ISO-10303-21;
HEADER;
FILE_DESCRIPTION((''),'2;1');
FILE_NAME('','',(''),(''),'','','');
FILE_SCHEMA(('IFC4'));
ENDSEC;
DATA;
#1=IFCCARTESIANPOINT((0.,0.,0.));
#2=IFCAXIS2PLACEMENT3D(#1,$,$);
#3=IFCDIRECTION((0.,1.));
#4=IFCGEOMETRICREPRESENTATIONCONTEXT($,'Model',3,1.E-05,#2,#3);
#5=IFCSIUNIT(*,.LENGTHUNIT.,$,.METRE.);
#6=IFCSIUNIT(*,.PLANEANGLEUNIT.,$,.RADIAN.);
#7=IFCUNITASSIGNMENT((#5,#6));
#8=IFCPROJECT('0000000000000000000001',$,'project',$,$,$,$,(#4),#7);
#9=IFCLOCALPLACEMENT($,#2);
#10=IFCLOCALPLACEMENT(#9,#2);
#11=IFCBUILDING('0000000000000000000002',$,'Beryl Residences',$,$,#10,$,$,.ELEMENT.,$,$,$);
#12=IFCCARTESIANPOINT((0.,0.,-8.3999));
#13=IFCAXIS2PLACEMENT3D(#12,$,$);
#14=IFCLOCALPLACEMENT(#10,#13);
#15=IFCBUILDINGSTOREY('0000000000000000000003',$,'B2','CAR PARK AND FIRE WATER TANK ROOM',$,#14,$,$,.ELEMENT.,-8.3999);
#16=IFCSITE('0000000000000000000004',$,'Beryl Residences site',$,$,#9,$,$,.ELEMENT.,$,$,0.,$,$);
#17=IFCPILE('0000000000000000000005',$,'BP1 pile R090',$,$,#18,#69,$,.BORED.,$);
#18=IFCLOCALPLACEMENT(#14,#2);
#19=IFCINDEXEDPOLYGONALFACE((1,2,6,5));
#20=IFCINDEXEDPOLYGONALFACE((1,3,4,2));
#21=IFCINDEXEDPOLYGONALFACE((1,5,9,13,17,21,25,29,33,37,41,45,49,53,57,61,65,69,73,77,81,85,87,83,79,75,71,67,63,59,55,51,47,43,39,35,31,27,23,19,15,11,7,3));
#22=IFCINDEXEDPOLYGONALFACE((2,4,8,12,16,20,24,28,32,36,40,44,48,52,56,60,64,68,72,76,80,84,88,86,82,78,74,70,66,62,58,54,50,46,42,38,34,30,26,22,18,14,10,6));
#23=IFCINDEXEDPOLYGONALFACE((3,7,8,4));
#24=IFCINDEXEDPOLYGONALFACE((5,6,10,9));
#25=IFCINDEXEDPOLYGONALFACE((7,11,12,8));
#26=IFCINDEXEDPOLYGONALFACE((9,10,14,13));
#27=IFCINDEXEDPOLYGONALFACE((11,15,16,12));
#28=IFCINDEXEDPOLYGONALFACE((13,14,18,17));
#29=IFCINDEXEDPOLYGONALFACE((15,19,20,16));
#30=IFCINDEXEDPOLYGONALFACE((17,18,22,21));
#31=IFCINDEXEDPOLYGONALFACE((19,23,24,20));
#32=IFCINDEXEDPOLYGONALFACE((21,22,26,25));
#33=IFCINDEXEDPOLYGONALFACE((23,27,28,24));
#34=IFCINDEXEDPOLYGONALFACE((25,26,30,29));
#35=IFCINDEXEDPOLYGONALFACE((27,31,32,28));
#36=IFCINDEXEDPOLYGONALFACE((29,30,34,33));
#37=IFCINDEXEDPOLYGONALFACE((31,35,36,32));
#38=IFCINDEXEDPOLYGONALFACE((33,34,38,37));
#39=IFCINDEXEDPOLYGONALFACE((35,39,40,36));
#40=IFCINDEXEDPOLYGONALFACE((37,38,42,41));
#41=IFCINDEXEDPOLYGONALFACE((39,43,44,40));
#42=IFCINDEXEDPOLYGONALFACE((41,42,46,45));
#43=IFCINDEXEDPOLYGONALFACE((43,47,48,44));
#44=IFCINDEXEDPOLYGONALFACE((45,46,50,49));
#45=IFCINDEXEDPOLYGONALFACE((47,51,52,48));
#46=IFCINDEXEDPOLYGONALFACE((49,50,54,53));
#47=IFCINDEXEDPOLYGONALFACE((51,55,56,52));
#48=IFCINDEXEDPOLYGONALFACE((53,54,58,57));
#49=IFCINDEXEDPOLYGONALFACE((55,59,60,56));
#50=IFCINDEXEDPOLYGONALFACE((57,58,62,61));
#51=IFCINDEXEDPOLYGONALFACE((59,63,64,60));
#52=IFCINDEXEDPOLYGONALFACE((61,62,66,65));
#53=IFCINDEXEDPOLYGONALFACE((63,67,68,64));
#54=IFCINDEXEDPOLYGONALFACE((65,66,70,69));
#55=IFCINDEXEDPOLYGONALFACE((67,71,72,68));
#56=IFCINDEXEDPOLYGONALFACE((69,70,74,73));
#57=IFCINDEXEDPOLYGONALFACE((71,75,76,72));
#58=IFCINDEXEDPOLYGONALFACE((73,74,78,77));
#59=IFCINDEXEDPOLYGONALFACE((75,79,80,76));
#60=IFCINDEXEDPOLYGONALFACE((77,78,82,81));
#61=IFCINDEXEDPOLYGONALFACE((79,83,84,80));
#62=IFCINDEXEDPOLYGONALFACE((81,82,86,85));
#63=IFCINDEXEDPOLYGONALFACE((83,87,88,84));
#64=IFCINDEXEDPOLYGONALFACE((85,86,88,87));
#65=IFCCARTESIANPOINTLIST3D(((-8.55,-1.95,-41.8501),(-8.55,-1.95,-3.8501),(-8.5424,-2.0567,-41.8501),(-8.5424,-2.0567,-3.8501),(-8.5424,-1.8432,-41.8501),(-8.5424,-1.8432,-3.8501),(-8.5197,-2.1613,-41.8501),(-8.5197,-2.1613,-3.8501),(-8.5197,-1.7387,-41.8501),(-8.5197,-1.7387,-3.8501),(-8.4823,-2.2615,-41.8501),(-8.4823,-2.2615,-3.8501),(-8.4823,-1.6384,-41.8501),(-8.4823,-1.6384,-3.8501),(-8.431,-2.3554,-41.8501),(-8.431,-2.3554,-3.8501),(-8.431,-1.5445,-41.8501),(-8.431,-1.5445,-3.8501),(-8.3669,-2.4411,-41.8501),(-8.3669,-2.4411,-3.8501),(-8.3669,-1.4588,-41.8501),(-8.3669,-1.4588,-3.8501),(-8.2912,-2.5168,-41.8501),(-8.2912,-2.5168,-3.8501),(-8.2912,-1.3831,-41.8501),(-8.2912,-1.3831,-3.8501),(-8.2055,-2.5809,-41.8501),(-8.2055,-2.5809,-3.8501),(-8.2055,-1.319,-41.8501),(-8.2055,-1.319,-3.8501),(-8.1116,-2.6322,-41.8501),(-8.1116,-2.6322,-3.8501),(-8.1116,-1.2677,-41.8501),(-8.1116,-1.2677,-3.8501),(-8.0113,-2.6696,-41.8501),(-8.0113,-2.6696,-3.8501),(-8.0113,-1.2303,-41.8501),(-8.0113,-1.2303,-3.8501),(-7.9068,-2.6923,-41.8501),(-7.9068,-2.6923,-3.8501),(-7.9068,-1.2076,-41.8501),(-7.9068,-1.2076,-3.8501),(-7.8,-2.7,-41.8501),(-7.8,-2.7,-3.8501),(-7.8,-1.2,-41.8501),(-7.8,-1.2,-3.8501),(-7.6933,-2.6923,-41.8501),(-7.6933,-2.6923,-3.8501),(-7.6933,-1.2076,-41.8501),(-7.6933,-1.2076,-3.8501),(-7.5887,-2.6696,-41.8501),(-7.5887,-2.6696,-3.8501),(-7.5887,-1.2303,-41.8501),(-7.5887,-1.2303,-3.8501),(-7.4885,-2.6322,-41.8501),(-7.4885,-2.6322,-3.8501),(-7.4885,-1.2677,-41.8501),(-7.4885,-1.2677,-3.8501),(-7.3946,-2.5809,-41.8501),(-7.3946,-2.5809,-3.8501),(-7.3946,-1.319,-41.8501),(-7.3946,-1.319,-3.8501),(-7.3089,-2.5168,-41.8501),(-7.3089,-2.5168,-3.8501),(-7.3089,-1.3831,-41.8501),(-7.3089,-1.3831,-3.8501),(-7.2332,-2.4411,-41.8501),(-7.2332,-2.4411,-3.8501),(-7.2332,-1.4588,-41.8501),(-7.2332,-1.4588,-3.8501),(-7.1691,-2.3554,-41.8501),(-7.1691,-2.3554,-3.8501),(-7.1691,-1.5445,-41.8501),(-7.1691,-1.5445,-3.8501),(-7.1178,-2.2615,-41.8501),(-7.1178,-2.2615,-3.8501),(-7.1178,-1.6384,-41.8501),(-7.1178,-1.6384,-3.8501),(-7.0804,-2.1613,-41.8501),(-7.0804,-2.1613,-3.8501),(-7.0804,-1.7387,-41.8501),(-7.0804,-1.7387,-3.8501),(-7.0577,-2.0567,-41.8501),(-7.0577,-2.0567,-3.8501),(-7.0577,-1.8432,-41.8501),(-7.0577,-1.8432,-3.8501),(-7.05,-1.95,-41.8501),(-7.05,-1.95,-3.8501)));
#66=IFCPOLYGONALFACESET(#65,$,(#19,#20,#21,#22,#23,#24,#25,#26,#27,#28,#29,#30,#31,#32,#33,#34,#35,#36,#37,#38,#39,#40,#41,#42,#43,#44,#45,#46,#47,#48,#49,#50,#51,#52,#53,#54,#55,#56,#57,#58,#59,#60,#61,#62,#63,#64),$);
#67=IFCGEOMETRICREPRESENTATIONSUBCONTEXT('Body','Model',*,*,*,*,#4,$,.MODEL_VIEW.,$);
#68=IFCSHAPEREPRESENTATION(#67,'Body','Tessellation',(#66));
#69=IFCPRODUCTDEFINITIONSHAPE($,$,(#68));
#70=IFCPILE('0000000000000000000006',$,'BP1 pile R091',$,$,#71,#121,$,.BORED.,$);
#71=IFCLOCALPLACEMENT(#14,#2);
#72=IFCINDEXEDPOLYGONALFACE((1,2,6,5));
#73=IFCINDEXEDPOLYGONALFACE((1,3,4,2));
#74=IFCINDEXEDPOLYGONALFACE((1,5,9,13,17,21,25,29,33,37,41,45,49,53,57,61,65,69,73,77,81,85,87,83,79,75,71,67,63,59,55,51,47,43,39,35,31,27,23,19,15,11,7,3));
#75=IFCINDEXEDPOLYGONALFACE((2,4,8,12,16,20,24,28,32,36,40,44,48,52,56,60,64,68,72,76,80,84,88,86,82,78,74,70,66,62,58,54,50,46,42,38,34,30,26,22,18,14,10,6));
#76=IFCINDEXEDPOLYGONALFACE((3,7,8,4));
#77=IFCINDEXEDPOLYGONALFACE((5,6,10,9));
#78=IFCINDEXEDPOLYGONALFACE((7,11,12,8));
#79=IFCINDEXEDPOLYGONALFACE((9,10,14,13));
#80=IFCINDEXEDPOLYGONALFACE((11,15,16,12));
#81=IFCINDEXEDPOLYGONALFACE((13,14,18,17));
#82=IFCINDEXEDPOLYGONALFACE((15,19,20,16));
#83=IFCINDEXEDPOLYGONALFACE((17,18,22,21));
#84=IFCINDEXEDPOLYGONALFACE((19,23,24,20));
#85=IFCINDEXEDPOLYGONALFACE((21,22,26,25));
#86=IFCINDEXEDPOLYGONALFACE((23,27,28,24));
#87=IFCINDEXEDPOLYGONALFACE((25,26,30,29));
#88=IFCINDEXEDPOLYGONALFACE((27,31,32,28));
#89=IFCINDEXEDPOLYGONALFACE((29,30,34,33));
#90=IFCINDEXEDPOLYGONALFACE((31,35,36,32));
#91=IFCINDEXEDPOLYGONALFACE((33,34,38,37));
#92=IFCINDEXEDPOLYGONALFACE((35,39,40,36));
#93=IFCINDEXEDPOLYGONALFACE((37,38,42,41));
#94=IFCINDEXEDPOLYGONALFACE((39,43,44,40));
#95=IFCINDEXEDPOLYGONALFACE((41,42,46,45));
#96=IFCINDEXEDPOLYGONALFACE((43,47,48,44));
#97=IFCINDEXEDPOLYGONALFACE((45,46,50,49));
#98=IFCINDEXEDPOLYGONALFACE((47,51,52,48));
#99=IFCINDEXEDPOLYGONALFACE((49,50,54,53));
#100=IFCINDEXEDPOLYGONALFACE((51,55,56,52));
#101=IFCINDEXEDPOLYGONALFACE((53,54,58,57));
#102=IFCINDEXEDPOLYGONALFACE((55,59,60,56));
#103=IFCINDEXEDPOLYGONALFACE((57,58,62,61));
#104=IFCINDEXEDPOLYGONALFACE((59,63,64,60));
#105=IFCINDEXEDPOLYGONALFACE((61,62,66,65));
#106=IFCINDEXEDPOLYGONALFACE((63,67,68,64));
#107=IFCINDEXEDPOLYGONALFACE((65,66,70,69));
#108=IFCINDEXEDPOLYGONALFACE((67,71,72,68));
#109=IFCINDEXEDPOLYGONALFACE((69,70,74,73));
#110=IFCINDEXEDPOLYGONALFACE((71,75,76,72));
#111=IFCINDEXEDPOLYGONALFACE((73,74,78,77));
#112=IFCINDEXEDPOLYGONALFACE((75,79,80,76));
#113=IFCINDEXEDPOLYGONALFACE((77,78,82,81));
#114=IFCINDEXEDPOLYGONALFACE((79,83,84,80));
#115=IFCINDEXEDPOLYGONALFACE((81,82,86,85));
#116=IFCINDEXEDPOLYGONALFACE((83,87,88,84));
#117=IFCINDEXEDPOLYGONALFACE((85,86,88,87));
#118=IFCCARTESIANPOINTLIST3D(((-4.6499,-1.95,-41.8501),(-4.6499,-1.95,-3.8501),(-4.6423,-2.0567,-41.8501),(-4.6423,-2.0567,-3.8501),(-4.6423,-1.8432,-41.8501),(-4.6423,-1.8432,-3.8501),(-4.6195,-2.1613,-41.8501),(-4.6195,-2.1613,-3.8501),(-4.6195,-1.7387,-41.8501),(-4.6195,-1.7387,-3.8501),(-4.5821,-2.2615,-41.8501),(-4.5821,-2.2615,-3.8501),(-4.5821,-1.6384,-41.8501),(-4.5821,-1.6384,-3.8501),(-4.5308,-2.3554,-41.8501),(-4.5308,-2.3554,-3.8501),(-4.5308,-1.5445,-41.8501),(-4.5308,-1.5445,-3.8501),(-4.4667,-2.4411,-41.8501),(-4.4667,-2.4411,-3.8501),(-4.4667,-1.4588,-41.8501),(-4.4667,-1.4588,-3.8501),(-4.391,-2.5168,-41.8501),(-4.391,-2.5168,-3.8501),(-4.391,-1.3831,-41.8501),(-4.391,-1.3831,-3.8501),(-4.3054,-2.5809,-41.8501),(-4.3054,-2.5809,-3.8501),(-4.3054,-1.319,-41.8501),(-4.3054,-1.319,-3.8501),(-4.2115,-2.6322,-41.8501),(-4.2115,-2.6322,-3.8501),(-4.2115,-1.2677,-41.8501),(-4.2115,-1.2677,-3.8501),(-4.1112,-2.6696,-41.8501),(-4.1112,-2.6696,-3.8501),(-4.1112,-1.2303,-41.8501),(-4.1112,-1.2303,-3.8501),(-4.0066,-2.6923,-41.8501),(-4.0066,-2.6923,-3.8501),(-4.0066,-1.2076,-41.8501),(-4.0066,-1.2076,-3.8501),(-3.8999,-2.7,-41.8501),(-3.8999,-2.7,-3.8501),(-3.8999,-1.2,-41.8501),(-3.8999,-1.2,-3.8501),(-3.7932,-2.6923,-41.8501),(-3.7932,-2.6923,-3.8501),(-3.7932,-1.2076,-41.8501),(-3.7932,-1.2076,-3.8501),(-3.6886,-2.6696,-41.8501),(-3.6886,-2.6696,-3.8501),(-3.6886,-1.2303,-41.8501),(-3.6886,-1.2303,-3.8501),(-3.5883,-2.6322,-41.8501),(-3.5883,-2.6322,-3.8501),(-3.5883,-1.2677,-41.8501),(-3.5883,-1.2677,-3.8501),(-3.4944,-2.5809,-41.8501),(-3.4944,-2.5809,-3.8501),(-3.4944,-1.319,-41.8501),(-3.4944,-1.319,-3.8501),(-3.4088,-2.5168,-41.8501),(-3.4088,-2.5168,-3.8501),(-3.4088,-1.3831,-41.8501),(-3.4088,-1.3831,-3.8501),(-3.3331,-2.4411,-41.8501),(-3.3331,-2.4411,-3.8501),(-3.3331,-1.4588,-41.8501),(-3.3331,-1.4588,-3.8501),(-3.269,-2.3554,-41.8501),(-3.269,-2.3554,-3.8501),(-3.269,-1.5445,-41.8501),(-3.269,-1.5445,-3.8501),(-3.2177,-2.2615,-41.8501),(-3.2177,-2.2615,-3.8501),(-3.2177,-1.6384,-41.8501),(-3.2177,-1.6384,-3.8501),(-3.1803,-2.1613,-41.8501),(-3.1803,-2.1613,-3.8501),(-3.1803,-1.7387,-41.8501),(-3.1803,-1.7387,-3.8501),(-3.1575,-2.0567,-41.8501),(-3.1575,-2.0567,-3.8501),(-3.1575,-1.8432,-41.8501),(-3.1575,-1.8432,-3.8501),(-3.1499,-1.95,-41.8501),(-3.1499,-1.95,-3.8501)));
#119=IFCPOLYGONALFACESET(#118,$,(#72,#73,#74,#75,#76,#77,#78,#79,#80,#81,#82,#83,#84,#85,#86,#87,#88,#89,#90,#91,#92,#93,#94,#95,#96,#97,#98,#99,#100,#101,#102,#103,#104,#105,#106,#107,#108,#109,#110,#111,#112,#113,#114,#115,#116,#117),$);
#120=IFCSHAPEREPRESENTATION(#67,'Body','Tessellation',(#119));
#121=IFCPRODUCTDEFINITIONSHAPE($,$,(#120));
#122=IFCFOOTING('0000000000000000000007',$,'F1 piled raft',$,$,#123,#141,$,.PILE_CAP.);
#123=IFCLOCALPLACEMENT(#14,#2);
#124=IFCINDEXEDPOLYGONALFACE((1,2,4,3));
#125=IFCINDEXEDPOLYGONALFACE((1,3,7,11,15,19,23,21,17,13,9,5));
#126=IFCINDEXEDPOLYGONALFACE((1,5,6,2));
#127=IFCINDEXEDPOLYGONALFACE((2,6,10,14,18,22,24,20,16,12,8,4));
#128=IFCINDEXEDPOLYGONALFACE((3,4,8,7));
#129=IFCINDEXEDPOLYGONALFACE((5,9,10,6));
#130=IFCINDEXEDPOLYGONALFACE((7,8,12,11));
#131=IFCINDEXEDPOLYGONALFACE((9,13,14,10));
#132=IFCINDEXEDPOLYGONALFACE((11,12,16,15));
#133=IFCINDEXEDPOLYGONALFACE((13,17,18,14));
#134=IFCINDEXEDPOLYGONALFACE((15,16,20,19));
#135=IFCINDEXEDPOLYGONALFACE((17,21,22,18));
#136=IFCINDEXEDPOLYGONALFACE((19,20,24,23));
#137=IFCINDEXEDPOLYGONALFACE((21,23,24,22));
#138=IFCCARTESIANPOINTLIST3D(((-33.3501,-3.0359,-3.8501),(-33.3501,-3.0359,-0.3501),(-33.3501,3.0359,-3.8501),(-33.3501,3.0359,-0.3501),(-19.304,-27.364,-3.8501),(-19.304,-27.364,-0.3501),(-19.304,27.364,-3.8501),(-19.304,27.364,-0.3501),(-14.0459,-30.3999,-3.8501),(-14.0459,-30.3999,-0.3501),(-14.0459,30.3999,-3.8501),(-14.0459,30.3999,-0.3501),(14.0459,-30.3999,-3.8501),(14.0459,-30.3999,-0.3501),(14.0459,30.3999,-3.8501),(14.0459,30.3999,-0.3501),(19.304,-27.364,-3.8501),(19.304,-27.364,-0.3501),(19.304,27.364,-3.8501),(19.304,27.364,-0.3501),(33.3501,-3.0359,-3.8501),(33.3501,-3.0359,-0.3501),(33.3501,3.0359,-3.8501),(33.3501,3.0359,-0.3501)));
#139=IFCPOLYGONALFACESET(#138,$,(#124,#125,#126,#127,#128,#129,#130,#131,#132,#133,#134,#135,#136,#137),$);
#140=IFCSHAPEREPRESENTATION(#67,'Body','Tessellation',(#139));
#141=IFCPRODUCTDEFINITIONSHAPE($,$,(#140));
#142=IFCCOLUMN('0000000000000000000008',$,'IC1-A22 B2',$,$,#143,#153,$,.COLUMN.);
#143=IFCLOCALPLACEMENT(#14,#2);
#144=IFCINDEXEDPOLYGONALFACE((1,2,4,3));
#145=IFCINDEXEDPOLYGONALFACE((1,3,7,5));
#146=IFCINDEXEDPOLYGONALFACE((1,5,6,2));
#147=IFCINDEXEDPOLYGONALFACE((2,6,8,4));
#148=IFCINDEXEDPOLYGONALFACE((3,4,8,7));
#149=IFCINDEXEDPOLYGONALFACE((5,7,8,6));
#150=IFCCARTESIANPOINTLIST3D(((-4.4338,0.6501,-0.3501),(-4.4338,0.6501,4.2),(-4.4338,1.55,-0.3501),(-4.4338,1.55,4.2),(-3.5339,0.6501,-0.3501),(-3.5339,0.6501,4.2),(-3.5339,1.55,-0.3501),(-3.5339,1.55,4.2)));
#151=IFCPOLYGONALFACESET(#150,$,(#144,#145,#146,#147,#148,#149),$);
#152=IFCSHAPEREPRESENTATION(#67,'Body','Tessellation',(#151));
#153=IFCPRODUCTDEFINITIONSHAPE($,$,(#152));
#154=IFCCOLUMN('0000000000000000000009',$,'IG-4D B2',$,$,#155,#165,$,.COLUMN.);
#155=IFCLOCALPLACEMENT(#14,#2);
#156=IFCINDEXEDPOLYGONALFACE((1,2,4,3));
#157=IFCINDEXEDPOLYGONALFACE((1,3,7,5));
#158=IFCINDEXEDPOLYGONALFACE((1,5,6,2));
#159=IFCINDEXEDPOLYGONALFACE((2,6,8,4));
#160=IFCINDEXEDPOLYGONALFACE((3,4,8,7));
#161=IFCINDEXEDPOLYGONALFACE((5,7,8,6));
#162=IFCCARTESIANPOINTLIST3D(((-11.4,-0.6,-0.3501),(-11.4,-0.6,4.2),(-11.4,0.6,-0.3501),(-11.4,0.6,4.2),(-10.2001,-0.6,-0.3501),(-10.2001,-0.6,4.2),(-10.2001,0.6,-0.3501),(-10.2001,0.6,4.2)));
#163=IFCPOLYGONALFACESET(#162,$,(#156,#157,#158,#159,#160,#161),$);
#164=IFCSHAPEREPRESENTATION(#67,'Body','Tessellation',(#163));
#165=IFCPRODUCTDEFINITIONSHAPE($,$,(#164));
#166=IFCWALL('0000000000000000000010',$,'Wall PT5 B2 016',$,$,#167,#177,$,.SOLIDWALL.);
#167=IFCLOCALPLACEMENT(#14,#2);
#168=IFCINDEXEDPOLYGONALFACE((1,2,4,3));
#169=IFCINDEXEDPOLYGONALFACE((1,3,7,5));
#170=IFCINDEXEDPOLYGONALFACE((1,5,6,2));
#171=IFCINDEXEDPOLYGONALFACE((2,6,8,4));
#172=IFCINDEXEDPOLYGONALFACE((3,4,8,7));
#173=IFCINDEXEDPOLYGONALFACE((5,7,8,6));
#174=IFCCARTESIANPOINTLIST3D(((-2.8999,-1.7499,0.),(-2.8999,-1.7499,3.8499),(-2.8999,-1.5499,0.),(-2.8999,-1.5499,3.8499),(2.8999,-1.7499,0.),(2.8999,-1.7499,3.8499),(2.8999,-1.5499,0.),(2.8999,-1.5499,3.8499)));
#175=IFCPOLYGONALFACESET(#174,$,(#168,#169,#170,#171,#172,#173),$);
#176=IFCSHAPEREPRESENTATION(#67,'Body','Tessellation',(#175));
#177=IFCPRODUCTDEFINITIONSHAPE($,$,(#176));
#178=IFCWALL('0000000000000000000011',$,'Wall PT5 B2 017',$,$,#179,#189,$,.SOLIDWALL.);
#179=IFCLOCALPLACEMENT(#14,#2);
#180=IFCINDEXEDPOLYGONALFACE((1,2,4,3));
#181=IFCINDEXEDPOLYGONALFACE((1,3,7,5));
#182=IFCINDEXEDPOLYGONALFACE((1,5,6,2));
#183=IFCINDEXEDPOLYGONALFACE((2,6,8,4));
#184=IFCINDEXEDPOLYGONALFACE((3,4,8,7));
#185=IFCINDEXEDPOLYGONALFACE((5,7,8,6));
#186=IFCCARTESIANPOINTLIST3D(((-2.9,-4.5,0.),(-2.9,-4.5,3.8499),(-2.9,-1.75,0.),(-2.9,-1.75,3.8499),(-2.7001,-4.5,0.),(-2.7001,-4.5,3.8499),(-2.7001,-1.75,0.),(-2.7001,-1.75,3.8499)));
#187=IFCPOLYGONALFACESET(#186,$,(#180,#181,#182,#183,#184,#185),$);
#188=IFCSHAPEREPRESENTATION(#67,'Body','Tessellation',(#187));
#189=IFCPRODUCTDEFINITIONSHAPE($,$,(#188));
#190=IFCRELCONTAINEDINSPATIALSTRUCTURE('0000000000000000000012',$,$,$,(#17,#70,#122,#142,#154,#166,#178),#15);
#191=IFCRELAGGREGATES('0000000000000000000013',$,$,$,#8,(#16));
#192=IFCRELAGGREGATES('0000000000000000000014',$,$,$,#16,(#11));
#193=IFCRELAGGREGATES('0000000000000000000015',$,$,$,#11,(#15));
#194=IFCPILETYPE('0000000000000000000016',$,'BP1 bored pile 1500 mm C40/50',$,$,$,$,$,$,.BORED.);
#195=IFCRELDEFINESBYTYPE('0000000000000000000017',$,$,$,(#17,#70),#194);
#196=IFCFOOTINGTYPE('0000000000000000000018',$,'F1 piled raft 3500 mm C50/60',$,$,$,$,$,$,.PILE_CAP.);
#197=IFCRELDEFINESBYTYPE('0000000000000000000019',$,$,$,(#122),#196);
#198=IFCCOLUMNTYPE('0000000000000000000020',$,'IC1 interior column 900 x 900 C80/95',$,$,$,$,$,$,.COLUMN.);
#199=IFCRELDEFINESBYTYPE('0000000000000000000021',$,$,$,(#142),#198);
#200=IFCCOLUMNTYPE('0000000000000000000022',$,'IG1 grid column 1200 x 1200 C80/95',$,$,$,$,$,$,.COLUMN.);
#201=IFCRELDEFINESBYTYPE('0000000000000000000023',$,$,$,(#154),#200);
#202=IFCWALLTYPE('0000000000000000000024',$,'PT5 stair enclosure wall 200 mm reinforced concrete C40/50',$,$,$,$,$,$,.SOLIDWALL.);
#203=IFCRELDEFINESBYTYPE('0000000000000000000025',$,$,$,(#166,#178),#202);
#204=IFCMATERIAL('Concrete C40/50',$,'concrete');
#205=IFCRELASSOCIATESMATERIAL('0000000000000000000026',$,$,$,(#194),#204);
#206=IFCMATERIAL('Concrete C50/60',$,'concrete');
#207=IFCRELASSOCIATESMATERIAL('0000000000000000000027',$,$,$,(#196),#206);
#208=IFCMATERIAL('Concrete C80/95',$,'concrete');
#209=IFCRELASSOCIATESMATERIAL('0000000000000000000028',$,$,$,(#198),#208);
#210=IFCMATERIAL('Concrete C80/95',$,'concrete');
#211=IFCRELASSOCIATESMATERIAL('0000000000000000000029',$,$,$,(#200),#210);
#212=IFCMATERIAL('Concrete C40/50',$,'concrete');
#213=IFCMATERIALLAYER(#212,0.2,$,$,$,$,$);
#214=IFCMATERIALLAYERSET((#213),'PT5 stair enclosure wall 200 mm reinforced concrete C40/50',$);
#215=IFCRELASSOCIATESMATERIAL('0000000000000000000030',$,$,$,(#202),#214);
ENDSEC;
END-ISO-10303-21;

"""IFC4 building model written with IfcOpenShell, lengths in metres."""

from ifc_helpers import new_model, si_unit, direction, frame, frame_2d, origin, origin_2d, place, context, subcontext, project, spatial, polyline, rectangle, circle, outline, extrude, material, layer, layer_set, material_profile, profile_set, type_object, element, save


model = new_model("IFC4")

# Units and contexts
model_context = context("Model", 3, precision=1e-05, world=origin(), true_north=direction((0.0, 1.0)))
body_context = subcontext(model_context, "Body", "Model", "MODEL_VIEW")
ifc_project = project(units=[si_unit("LENGTHUNIT", "METRE"), si_unit("PLANEANGLEUNIT", "RADIAN")], contexts=[model_context])

# Site, building, storey
site_placement = place(None, origin())
site = spatial("IfcSite", under=ifc_project, at=site_placement, Name="Beryl Residences site", CompositionType="ELEMENT", RefElevation=0.0)
building_placement = place(site_placement, origin())
building = spatial("IfcBuilding", under=site, at=building_placement, Name="Beryl Residences", CompositionType="ELEMENT")
storey_placement = place(building_placement, frame((0.0, 0.0, -8.3999)))
storey = spatial("IfcBuildingStorey", under=building, at=storey_placement, Name="B2", Description="CAR PARK AND FIRE WATER TANK ROOM", CompositionType="ELEMENT", Elevation=-8.3999)

# Piles
ifc_material_1 = material(Name="Concrete C40/50", Category="concrete")
ifc_material_profile_1 = material_profile(ifc_material_1, circle(Radius=0.75, at=origin_2d()))
ifc_profile_set_1 = profile_set([ifc_material_profile_1], Name="Concrete C40/50")
pile_type = type_object("IfcPileType", Name="BP1 bored pile 1500 mm C40/50", PredefinedType="BORED", material=ifc_profile_set_1)
for number, where, z_axis, x_axis, name in (
    (1, (-7.8, -1.95, -3.8501), (0.0, 0.0, -1.0), (1.0, 0.0, 0.0), "BP1 pile R090"),
    (2, (-3.8999, -1.95, -3.8501), (0.0, 0.0, -1.0), (1.0, 0.0, 0.0), "BP1 pile R091"),
):
    element("IfcPile", number, at=place(storey_placement, frame(where, z_axis=z_axis, x_axis=x_axis)), inside=storey, type_object=pile_type, Name=name, PredefinedType="BORED", context=body_context, shape_type="SweptSolid", body=[
        extrude(circle(Radius=0.75, at=origin_2d()), origin(), (0.0, 0.0, 1.0), 38.0),
    ])

# Footing
ifc_material_2 = material(Name="Concrete C50/60", Category="concrete")
footing_type = type_object("IfcFootingType", Name="F1 piled raft 3500 mm C50/60", PredefinedType="PILE_CAP", material=ifc_material_2)
footing_placement = place(storey_placement, frame((0.0, 0.0, -3.8501)))
element("IfcFooting", 3, at=footing_placement, inside=storey, type_object=footing_type, Name="F1 piled raft", PredefinedType="PILE_CAP", context=body_context, shape_type="SweptSolid", body=[
    extrude(outline(polyline([(14.0459, 30.3999), (-14.0459, 30.3999), (-19.304, 27.364), (-33.3501, 3.0359), (-33.3501, -3.0359), (-19.304, -27.364), (-14.0459, -30.3999), (14.0459, -30.3999), (19.304, -27.364), (33.3501, -3.0359), (33.3501, 3.0359), (19.304, 27.364), (14.0459, 30.3999)])), origin(), (0.0, 0.0, 1.0), 3.5),
])

# Columns
ifc_material_3 = material(Name="Concrete C80/95", Category="concrete")
ifc_material_profile_2 = material_profile(ifc_material_3, rectangle(XDim=0.8999, YDim=0.8999, at=origin_2d()))
ifc_profile_set_2 = profile_set([ifc_material_profile_2], Name="Concrete C80/95")
column_type_1 = type_object("IfcColumnType", Name="IC1 interior column 900 x 900 C80/95", PredefinedType="COLUMN", material=ifc_profile_set_2)
column_1_placement = place(storey_placement, frame((-3.9839, 1.1001, -0.3501), z_axis=(0.0, 0.0, 1.0), x_axis=(1.0, 0.0, 0.0)))
element("IfcColumn", 4, at=column_1_placement, inside=storey, type_object=column_type_1, Name="IC1-A22 B2", PredefinedType="COLUMN", context=body_context, shape_type="SweptSolid", body=[
    extrude(rectangle(XDim=0.8999, YDim=0.8999, at=origin_2d()), origin(), (0.0, 0.0, 1.0), 4.55),
])
ifc_material_4 = material(Name="Concrete C80/95", Category="concrete")
ifc_material_profile_3 = material_profile(ifc_material_4, rectangle(XDim=1.2, YDim=1.2, at=origin_2d()))
ifc_profile_set_3 = profile_set([ifc_material_profile_3], Name="Concrete C80/95")
column_type_2 = type_object("IfcColumnType", Name="IG1 grid column 1200 x 1200 C80/95", PredefinedType="COLUMN", material=ifc_profile_set_3)
column_2_placement = place(storey_placement, frame((-10.8, 0.0, -0.3501), z_axis=(0.0, 0.0, 1.0), x_axis=(1.0, 0.0, 0.0)))
element("IfcColumn", 5, at=column_2_placement, inside=storey, type_object=column_type_2, Name="IG-4D B2", PredefinedType="COLUMN", context=body_context, shape_type="SweptSolid", body=[
    extrude(rectangle(XDim=1.2, YDim=1.2, at=origin_2d()), origin(), (0.0, 0.0, 1.0), 4.55),
])

# Walls
ifc_material_5 = material(Name="Concrete C40/50", Category="concrete")
ifc_layer_1 = layer(ifc_material_5, 0.2)
ifc_layer_set_1 = layer_set([ifc_layer_1], Name="PT5 stair enclosure wall 200 mm reinforced concrete C40/50")
wall_type_1 = type_object("IfcWallType", Name="PT5 stair enclosure wall 200 mm reinforced concrete C40/50", PredefinedType="SOLIDWALL", material=ifc_layer_set_1)
wall_1_placement = place(storey_placement, frame((-2.8999, -1.6499, 0.0), z_axis=(0.0, 0.0, 1.0), x_axis=(1.0, 0.0, 0.0)))
element("IfcWall", 6, at=wall_1_placement, inside=storey, type_object=wall_type_1, Name="Wall PT5 B2 016", PredefinedType="SOLIDWALL", context=body_context, shape_type="SweptSolid", body=[
    extrude(rectangle(XDim=5.7998, YDim=0.2, at=frame_2d((2.8999, 0.0))), origin(), (0.0, 0.0, 1.0), 3.8499),
])
wall_2_placement = place(storey_placement, frame((-2.8, -4.5, 0.0), z_axis=(0.0, 0.0, 1.0), x_axis=(0.0, 1.0, 0.0)))
element("IfcWall", 7, at=wall_2_placement, inside=storey, type_object=wall_type_1, Name="Wall PT5 B2 017", PredefinedType="SOLIDWALL", context=body_context, shape_type="SweptSolid", body=[
    extrude(rectangle(XDim=2.75, YDim=0.2, at=frame_2d((1.375, 0.0))), origin(), (0.0, 0.0, 1.0), 3.8499),
])

save(model, "model.ifc")
